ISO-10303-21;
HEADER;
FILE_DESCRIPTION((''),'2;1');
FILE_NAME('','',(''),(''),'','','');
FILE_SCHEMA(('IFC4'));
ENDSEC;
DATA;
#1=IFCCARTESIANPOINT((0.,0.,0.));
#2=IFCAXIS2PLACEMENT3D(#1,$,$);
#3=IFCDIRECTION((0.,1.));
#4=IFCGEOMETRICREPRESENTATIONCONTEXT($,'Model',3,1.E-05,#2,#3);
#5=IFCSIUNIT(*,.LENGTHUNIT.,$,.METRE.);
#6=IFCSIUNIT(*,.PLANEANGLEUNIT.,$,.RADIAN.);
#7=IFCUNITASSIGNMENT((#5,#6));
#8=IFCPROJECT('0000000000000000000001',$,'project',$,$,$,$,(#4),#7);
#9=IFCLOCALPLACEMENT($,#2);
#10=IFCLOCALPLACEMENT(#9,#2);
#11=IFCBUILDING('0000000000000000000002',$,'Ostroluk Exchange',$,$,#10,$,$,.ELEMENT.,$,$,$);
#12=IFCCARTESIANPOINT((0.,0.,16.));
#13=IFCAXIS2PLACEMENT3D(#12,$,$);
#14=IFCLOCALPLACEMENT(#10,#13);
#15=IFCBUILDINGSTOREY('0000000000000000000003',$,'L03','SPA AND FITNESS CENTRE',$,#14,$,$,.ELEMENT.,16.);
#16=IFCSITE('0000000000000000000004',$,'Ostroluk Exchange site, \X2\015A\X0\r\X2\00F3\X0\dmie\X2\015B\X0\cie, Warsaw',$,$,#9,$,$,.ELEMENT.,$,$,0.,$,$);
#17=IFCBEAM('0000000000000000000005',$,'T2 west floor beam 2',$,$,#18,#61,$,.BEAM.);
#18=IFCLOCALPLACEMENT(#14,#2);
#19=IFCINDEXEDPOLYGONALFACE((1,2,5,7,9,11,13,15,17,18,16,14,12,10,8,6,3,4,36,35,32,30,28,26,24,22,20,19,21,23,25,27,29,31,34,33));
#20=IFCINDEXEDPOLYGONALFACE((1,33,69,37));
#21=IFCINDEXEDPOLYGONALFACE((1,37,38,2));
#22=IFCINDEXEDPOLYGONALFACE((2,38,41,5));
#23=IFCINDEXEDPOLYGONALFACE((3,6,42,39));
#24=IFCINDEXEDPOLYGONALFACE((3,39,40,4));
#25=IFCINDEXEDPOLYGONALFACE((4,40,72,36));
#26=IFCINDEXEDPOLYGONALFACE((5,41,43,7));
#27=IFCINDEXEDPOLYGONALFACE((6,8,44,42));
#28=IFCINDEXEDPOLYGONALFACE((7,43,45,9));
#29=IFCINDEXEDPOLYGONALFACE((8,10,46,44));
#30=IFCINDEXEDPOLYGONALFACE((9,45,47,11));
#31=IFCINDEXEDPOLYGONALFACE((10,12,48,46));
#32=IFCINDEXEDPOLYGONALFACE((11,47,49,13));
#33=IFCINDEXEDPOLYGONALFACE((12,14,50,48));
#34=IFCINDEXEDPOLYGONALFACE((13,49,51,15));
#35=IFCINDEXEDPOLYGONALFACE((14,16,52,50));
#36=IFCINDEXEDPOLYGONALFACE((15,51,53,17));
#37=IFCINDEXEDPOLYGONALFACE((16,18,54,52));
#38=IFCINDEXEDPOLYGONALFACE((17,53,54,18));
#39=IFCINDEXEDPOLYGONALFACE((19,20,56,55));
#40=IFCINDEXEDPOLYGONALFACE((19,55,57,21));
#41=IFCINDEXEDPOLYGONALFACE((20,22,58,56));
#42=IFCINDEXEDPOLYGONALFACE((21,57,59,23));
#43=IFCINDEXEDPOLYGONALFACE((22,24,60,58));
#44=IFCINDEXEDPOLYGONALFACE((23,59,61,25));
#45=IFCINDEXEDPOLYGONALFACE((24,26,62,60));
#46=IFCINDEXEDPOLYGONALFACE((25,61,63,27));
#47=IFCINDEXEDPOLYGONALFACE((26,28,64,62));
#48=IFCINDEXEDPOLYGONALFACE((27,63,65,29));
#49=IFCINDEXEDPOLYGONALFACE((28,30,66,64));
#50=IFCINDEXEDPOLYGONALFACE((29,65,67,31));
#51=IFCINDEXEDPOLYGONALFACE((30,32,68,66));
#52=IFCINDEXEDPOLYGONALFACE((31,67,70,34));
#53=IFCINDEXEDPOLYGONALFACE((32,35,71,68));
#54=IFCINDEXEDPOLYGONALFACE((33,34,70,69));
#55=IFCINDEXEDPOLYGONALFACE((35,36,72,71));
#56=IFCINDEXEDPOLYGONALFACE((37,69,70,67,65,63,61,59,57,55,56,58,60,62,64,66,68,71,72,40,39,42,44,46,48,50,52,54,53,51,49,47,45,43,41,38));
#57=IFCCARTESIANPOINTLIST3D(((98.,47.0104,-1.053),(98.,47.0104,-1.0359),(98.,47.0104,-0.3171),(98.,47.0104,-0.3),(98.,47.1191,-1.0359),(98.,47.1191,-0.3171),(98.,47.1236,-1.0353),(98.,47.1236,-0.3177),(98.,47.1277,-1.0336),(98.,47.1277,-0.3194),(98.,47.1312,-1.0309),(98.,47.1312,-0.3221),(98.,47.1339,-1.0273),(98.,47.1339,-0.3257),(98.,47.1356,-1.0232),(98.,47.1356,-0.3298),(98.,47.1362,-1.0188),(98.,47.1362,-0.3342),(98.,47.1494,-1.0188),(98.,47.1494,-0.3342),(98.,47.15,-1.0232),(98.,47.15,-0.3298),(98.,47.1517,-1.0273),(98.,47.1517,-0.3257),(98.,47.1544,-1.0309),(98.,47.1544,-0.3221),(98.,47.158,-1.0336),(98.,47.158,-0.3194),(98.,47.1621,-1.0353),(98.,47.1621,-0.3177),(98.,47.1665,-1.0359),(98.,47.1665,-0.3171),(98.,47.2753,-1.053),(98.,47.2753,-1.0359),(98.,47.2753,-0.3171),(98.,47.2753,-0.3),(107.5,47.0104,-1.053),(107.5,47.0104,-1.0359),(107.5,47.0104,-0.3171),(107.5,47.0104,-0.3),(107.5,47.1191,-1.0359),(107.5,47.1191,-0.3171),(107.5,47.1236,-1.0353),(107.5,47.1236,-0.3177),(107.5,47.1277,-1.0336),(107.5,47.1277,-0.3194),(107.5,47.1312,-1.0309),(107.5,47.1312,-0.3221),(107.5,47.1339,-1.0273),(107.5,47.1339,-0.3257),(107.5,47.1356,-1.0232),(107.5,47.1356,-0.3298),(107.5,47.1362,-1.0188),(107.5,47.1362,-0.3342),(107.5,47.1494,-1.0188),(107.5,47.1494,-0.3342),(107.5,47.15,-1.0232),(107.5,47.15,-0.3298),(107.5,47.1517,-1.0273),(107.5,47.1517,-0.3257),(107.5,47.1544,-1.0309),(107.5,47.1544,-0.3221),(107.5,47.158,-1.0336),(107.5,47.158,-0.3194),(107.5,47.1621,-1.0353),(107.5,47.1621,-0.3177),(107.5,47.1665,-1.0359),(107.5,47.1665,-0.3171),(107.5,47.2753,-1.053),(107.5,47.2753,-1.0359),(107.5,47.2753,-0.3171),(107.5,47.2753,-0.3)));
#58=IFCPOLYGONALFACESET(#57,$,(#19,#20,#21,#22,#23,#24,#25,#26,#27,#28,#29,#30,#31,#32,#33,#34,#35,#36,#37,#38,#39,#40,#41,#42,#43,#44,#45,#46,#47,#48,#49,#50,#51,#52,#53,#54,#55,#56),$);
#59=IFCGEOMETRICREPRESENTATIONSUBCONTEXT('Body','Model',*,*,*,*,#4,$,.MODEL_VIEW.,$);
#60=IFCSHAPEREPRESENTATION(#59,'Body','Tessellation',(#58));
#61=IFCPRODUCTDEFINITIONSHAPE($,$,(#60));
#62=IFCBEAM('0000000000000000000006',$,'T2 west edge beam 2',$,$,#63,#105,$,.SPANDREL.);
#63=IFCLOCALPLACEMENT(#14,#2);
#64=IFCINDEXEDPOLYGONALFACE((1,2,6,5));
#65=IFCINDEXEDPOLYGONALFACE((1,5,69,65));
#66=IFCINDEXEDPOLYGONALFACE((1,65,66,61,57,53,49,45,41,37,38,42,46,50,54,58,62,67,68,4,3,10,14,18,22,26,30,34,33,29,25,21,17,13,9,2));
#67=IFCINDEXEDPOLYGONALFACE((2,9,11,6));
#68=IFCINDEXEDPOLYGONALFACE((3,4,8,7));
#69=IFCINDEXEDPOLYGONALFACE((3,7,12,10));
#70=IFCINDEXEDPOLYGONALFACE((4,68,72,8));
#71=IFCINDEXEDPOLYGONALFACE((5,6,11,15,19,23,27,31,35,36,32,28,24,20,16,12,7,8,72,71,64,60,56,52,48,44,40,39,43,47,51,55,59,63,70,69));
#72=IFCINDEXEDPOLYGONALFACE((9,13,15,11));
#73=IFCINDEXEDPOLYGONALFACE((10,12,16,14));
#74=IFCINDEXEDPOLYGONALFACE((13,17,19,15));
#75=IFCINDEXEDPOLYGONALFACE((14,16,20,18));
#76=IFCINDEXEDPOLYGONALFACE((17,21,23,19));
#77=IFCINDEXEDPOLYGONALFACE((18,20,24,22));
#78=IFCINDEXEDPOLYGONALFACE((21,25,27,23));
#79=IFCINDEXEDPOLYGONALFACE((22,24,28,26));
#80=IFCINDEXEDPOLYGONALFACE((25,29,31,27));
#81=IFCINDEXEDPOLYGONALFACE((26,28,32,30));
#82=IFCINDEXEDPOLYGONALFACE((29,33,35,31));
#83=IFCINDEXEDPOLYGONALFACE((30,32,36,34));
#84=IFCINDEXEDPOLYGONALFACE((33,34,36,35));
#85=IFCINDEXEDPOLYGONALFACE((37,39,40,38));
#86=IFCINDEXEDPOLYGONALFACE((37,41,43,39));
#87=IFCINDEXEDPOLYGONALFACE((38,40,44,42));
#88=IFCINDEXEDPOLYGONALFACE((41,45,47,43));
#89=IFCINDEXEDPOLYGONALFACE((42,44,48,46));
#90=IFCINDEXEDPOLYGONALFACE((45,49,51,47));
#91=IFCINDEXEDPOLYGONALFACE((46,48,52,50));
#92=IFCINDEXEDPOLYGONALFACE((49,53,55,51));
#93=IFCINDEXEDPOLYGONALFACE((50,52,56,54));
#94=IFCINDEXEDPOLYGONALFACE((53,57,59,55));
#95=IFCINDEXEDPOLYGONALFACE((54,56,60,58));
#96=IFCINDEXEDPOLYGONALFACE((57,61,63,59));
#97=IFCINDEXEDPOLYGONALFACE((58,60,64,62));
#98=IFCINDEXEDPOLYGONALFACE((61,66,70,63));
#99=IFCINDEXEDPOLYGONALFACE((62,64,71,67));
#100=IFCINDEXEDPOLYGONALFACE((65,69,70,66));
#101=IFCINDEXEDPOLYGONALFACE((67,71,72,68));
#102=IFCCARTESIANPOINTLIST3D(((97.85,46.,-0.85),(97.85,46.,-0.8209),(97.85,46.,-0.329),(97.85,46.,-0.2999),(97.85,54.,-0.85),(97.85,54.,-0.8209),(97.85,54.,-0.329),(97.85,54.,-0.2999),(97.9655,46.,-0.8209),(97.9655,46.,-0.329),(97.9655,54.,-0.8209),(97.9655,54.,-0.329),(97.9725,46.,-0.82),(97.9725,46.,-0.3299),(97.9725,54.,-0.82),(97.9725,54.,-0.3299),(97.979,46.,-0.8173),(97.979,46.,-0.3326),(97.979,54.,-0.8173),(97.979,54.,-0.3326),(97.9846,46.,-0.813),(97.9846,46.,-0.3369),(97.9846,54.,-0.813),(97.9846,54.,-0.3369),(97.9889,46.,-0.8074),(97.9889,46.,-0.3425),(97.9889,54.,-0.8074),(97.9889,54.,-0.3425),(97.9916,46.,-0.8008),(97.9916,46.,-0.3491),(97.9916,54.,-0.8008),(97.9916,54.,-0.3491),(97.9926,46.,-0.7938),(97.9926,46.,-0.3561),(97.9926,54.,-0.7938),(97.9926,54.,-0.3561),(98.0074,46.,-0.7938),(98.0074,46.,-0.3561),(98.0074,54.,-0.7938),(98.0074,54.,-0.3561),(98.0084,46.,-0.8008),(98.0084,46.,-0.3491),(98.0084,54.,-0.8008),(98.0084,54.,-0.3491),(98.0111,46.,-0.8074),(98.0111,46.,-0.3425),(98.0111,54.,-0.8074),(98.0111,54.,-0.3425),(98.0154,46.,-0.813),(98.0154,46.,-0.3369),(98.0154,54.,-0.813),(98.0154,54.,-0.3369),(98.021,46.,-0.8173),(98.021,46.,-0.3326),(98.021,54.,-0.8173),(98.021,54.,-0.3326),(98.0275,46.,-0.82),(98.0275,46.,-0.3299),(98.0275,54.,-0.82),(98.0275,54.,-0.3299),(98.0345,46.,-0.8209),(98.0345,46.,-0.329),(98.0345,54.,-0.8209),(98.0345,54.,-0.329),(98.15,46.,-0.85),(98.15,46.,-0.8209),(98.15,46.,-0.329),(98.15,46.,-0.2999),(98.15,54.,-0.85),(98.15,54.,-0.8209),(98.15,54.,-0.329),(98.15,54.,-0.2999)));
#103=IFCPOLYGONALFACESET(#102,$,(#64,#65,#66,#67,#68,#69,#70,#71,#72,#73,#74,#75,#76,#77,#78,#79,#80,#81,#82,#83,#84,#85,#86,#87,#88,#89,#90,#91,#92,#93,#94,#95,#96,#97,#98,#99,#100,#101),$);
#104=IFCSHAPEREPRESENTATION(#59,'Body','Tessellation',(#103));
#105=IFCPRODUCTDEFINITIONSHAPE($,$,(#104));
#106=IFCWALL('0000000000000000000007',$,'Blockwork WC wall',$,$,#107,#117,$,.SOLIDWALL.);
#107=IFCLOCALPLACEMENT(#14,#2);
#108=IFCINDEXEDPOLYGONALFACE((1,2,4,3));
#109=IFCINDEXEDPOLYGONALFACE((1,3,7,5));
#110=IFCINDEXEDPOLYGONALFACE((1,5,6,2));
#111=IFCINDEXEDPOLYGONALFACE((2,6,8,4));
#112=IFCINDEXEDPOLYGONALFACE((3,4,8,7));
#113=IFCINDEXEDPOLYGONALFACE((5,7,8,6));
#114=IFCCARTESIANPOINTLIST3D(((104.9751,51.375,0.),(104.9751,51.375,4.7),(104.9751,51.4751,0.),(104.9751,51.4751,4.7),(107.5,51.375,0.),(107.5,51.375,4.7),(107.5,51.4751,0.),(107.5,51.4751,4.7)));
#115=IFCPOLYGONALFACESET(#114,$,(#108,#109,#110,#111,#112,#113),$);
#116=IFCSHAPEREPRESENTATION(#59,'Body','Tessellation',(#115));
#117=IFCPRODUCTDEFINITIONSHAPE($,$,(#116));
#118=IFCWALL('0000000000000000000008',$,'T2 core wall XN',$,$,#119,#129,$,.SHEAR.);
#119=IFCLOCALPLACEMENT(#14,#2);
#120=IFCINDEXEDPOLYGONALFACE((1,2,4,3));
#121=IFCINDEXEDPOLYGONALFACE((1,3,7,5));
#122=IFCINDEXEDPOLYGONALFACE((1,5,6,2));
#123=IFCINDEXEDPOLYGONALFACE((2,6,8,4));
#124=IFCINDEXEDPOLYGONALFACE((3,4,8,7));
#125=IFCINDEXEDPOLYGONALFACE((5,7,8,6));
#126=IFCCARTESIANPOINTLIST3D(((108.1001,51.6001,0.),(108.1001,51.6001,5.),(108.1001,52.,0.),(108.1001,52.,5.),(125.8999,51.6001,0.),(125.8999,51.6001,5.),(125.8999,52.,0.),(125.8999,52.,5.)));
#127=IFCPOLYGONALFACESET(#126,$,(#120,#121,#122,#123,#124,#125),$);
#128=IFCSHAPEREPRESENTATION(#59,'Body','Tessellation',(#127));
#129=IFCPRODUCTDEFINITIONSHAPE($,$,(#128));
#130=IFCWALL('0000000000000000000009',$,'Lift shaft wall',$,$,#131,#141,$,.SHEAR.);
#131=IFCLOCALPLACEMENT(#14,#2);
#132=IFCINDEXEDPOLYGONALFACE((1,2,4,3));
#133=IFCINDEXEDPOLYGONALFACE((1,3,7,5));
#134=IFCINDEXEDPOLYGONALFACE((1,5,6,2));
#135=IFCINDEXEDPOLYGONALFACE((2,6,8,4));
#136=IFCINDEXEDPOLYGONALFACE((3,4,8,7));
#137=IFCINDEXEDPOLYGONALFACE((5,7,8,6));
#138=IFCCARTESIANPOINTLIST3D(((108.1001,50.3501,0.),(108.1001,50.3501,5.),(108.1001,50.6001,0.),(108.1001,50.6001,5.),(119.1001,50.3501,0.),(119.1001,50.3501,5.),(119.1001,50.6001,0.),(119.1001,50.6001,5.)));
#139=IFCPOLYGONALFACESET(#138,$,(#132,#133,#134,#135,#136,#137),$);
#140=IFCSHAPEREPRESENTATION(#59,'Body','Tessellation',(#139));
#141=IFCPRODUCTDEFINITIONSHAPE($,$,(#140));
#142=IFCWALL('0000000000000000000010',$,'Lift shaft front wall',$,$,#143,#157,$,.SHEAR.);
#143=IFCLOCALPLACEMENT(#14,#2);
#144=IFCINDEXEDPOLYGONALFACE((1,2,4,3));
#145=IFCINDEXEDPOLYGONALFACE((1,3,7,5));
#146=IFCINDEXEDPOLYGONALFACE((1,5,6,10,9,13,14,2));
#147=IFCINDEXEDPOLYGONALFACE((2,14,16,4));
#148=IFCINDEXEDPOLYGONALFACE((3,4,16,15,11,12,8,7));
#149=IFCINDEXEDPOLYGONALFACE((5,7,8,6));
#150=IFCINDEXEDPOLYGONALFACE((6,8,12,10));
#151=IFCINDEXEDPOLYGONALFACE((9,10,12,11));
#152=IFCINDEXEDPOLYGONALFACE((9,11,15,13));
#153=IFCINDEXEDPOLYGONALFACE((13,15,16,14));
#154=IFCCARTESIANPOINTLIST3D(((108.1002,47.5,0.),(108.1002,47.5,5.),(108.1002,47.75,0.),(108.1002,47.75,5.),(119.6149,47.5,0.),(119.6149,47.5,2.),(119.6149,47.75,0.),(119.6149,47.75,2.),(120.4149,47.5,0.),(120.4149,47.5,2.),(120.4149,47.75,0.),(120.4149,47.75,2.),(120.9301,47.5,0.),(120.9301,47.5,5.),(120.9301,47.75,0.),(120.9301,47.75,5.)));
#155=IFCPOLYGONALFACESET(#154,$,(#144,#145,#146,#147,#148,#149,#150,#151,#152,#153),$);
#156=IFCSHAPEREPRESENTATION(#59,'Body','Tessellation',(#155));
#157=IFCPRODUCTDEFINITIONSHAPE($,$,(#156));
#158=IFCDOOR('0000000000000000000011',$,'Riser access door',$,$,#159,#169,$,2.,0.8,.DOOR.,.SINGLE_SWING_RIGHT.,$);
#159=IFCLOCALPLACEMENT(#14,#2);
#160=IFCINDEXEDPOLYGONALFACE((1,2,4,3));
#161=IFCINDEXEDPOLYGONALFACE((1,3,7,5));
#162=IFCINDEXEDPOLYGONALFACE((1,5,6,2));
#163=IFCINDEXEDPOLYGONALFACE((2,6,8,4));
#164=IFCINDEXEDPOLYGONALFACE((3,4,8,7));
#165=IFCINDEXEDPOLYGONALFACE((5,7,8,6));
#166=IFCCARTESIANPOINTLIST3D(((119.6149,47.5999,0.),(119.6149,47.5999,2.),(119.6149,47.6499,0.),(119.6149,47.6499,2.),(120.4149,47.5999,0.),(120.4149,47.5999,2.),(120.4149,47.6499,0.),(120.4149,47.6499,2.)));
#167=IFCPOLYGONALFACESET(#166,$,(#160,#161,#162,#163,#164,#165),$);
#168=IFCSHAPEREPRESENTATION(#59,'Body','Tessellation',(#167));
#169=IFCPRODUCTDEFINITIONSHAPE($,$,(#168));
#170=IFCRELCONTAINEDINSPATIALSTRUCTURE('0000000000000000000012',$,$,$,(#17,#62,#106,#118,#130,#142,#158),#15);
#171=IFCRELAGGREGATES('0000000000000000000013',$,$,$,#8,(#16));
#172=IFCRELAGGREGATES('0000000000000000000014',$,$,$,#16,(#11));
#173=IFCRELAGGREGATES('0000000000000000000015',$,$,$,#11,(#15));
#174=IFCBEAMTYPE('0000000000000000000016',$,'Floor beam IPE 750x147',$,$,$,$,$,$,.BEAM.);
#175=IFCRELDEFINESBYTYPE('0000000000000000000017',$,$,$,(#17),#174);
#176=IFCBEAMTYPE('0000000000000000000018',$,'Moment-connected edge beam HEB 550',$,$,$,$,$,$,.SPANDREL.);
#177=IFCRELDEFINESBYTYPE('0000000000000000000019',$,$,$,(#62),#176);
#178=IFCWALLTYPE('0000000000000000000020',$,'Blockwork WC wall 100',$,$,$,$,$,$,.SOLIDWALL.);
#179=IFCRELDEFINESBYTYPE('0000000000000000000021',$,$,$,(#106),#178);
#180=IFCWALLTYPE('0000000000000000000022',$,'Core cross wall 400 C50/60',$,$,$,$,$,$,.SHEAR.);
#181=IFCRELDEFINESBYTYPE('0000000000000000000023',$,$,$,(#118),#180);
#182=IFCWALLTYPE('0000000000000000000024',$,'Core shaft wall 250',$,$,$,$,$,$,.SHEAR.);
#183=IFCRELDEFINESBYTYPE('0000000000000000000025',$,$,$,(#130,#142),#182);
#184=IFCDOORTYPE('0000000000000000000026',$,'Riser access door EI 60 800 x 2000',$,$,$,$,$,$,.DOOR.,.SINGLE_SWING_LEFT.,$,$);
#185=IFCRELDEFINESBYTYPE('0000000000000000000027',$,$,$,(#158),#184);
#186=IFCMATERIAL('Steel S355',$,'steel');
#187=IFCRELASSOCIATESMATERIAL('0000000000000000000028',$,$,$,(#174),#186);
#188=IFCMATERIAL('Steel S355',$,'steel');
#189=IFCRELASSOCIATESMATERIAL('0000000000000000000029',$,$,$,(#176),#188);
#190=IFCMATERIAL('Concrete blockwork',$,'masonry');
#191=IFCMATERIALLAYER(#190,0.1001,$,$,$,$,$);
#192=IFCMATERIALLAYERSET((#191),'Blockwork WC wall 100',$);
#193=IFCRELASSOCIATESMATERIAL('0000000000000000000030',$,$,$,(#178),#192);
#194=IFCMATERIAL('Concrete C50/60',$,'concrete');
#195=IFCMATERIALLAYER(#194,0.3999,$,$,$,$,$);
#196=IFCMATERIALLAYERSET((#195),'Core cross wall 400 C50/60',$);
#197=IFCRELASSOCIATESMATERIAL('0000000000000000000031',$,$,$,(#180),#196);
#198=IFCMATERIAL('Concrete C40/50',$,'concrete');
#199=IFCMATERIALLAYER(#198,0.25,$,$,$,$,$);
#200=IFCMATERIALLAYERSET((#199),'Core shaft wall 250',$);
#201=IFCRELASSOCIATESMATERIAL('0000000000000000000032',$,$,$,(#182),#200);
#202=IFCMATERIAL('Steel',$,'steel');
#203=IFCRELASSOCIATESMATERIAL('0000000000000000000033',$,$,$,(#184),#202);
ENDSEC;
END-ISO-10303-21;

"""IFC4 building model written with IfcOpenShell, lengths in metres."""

from ifc_helpers import new_model, si_unit, direction, frame, frame_2d, origin, origin_2d, place, context, subcontext, project, spatial, rectangle, i_section, extrude, material, layer, layer_set, material_profile, profile_set, type_object, element, fill, save


model = new_model("IFC4")

# Units and contexts
model_context = context("Model", 3, precision=1e-05, world=origin(), true_north=direction((0.0, 1.0)))
body_context = subcontext(model_context, "Body", "Model", "MODEL_VIEW")
ifc_project = project(units=[si_unit("LENGTHUNIT", "METRE"), si_unit("PLANEANGLEUNIT", "RADIAN")], contexts=[model_context])

# Site, building, storey
site_placement = place(None, origin())
site = spatial("IfcSite", under=ifc_project, at=site_placement, Name="Ostroluk Exchange site, Śródmieście, Warsaw", CompositionType="ELEMENT", RefElevation=0.0)
building_placement = place(site_placement, origin())
building = spatial("IfcBuilding", under=site, at=building_placement, Name="Ostroluk Exchange", CompositionType="ELEMENT")
storey_placement = place(building_placement, frame((0.0, 0.0, 16.0)))
storey = spatial("IfcBuildingStorey", under=building, at=storey_placement, Name="L03", Description="SPA AND FITNESS CENTRE", CompositionType="ELEMENT", Elevation=16.0)

# Beams
ifc_material_1 = material(Name="Steel S355", Category="steel")
ifc_material_profile_1 = material_profile(ifc_material_1, i_section(OverallWidth=0.2649, OverallDepth=0.7529, WebThickness=0.0132, FlangeThickness=0.0171, FilletRadius=0.0171, at=origin_2d()), Name="IPE 750x147")
ifc_profile_set_1 = profile_set([ifc_material_profile_1], Name="Steel S355")
beam_type_1 = type_object("IfcBeamType", Name="Floor beam IPE 750x147", PredefinedType="BEAM", material=ifc_profile_set_1)
for number, where, z_axis, x_axis, name in (
    (1, (107.5, 47.1428, -0.6765), (-1.0, 0.0, 0.0), (0.0, -1.0, 0.0), "T2 west floor beam 2"),
):
    element("IfcBeam", number, at=place(storey_placement, frame(where, z_axis=z_axis, x_axis=x_axis)), inside=storey, type_object=beam_type_1, Name=name, PredefinedType="BEAM", context=body_context, shape_type="SweptSolid", body=[
        extrude(i_section(OverallWidth=0.2649, OverallDepth=0.7529, WebThickness=0.0132, FlangeThickness=0.0171, FilletRadius=0.0171, at=origin_2d()), origin(), (0.0, 0.0, 1.0), 9.5),
    ])
ifc_material_2 = material(Name="Steel S355", Category="steel")
ifc_material_profile_2 = material_profile(ifc_material_2, i_section(OverallWidth=0.3, OverallDepth=0.55, WebThickness=0.0149, FlangeThickness=0.0291, FilletRadius=0.0271, at=origin_2d()), Name="HEB 550")
ifc_profile_set_2 = profile_set([ifc_material_profile_2], Name="Steel S355")
beam_type_2 = type_object("IfcBeamType", Name="Moment-connected edge beam HEB 550", PredefinedType="SPANDREL", material=ifc_profile_set_2)
beam_1_placement = place(storey_placement, frame((98.0, 54.0, -0.575), z_axis=(0.0, -1.0, 0.0), x_axis=(1.0, 0.0, 0.0)))
element("IfcBeam", 2, at=beam_1_placement, inside=storey, type_object=beam_type_2, Name="T2 west edge beam 2", PredefinedType="SPANDREL", context=body_context, shape_type="SweptSolid", body=[
    extrude(i_section(OverallWidth=0.3, OverallDepth=0.55, WebThickness=0.0149, FlangeThickness=0.0291, FilletRadius=0.0271, at=origin_2d()), origin(), (0.0, 0.0, 1.0), 8.0),
])

# Walls
ifc_material_3 = material(Name="Concrete blockwork", Category="masonry")
ifc_layer_1 = layer(ifc_material_3, 0.1001)
ifc_layer_set_1 = layer_set([ifc_layer_1], Name="Blockwork WC wall 100")
wall_type_1 = type_object("IfcWallType", Name="Blockwork WC wall 100", PredefinedType="SOLIDWALL", material=ifc_layer_set_1)
wall_1_placement = place(storey_placement, frame((104.9751, 51.425, 0.0), z_axis=(0.0, 0.0, 1.0), x_axis=(1.0, 0.0, 0.0)))
element("IfcWall", 3, at=wall_1_placement, inside=storey, type_object=wall_type_1, Name="Blockwork WC wall", PredefinedType="SOLIDWALL", context=body_context, shape_type="SweptSolid", body=[
    extrude(rectangle(XDim=2.5249, YDim=0.1001, at=frame_2d((1.2625, 0.0))), origin(), (0.0, 0.0, 1.0), 4.7),
])
ifc_material_4 = material(Name="Concrete C50/60", Category="concrete")
ifc_layer_2 = layer(ifc_material_4, 0.3999)
ifc_layer_set_2 = layer_set([ifc_layer_2], Name="Core cross wall 400 C50/60")
wall_type_2 = type_object("IfcWallType", Name="Core cross wall 400 C50/60", PredefinedType="SHEAR", material=ifc_layer_set_2)
wall_2_placement = place(storey_placement, frame((108.1001, 51.8, 0.0), z_axis=(0.0, 0.0, 1.0), x_axis=(1.0, 0.0, 0.0)))
element("IfcWall", 4, at=wall_2_placement, inside=storey, type_object=wall_type_2, Name="T2 core wall XN", PredefinedType="SHEAR", context=body_context, shape_type="SweptSolid", body=[
    extrude(rectangle(XDim=17.7998, YDim=0.3999, at=frame_2d((8.8999, 0.0))), origin(), (0.0, 0.0, 1.0), 5.0),
])
ifc_material_5 = material(Name="Concrete C40/50", Category="concrete")
ifc_layer_3 = layer(ifc_material_5, 0.25)
ifc_layer_set_3 = layer_set([ifc_layer_3], Name="Core shaft wall 250")
wall_type_3 = type_object("IfcWallType", Name="Core shaft wall 250", PredefinedType="SHEAR", material=ifc_layer_set_3)
wall_3_placement = place(storey_placement, frame((108.1001, 50.4751, 0.0), z_axis=(0.0, 0.0, 1.0), x_axis=(1.0, 0.0, 0.0)))
element("IfcWall", 5, at=wall_3_placement, inside=storey, type_object=wall_type_3, Name="Lift shaft wall", PredefinedType="SHEAR", context=body_context, shape_type="SweptSolid", body=[
    extrude(rectangle(XDim=11.0, YDim=0.25, at=frame_2d((5.5, 0.0))), origin(), (0.0, 0.0, 1.0), 5.0),
])

# Wall, opening, door
wall_4_placement = place(storey_placement, frame((108.1001, 47.625, 0.0), z_axis=(0.0, 0.0, 1.0), x_axis=(1.0, 0.0, 0.0)))
wall_4 = element("IfcWall", 6, at=wall_4_placement, inside=storey, type_object=wall_type_3, Name="Lift shaft front wall", PredefinedType="SHEAR", context=body_context, shape_type="SweptSolid", body=[
    extrude(rectangle(XDim=12.8298, YDim=0.25, at=frame_2d((6.415, 0.0))), origin(), (0.0, 0.0, 1.0), 5.0),
])
opening_1_placement = place(wall_4_placement, frame((11.5149, 0.0, 0.0)))
opening_1 = element("IfcOpeningElement", 7, at=opening_1_placement, cuts=wall_4, PredefinedType="OPENING", context=body_context, shape_type="SweptSolid", body=[
    extrude(rectangle(XDim=0.8, YDim=2.0, at=frame_2d((0.3999, 1.0))), frame((0.0, 0.135, 0.0), z_axis=(0.0, -1.0, 0.0), x_axis=(1.0, 0.0, 0.0)), (0.0, 0.0, 1.0), 0.27),
])
ifc_material_6 = material(Name="Steel", Category="steel")
door_type_1 = type_object("IfcDoorType", Name="Riser access door EI 60 800 x 2000", OperationType="SINGLE_SWING_LEFT", PredefinedType="DOOR", material=ifc_material_6)
door_1_placement = place(opening_1_placement, origin())
door_1 = element("IfcDoor", 8, at=door_1_placement, inside=storey, type_object=door_type_1, Name="Riser access door", OperationType="SINGLE_SWING_RIGHT", OverallHeight=2.0, OverallWidth=0.8, PredefinedType="DOOR", context=body_context, shape_type="SweptSolid", body=[
    extrude(rectangle(XDim=0.8, YDim=2.0, at=frame_2d((0.3999, 1.0))), frame((0.0, 0.0249, 0.0), z_axis=(0.0, -1.0, 0.0), x_axis=(1.0, 0.0, 0.0)), (0.0, 0.0, 1.0), 0.05),
])
fill(opening_1, door_1)

save(model, "model.ifc")
